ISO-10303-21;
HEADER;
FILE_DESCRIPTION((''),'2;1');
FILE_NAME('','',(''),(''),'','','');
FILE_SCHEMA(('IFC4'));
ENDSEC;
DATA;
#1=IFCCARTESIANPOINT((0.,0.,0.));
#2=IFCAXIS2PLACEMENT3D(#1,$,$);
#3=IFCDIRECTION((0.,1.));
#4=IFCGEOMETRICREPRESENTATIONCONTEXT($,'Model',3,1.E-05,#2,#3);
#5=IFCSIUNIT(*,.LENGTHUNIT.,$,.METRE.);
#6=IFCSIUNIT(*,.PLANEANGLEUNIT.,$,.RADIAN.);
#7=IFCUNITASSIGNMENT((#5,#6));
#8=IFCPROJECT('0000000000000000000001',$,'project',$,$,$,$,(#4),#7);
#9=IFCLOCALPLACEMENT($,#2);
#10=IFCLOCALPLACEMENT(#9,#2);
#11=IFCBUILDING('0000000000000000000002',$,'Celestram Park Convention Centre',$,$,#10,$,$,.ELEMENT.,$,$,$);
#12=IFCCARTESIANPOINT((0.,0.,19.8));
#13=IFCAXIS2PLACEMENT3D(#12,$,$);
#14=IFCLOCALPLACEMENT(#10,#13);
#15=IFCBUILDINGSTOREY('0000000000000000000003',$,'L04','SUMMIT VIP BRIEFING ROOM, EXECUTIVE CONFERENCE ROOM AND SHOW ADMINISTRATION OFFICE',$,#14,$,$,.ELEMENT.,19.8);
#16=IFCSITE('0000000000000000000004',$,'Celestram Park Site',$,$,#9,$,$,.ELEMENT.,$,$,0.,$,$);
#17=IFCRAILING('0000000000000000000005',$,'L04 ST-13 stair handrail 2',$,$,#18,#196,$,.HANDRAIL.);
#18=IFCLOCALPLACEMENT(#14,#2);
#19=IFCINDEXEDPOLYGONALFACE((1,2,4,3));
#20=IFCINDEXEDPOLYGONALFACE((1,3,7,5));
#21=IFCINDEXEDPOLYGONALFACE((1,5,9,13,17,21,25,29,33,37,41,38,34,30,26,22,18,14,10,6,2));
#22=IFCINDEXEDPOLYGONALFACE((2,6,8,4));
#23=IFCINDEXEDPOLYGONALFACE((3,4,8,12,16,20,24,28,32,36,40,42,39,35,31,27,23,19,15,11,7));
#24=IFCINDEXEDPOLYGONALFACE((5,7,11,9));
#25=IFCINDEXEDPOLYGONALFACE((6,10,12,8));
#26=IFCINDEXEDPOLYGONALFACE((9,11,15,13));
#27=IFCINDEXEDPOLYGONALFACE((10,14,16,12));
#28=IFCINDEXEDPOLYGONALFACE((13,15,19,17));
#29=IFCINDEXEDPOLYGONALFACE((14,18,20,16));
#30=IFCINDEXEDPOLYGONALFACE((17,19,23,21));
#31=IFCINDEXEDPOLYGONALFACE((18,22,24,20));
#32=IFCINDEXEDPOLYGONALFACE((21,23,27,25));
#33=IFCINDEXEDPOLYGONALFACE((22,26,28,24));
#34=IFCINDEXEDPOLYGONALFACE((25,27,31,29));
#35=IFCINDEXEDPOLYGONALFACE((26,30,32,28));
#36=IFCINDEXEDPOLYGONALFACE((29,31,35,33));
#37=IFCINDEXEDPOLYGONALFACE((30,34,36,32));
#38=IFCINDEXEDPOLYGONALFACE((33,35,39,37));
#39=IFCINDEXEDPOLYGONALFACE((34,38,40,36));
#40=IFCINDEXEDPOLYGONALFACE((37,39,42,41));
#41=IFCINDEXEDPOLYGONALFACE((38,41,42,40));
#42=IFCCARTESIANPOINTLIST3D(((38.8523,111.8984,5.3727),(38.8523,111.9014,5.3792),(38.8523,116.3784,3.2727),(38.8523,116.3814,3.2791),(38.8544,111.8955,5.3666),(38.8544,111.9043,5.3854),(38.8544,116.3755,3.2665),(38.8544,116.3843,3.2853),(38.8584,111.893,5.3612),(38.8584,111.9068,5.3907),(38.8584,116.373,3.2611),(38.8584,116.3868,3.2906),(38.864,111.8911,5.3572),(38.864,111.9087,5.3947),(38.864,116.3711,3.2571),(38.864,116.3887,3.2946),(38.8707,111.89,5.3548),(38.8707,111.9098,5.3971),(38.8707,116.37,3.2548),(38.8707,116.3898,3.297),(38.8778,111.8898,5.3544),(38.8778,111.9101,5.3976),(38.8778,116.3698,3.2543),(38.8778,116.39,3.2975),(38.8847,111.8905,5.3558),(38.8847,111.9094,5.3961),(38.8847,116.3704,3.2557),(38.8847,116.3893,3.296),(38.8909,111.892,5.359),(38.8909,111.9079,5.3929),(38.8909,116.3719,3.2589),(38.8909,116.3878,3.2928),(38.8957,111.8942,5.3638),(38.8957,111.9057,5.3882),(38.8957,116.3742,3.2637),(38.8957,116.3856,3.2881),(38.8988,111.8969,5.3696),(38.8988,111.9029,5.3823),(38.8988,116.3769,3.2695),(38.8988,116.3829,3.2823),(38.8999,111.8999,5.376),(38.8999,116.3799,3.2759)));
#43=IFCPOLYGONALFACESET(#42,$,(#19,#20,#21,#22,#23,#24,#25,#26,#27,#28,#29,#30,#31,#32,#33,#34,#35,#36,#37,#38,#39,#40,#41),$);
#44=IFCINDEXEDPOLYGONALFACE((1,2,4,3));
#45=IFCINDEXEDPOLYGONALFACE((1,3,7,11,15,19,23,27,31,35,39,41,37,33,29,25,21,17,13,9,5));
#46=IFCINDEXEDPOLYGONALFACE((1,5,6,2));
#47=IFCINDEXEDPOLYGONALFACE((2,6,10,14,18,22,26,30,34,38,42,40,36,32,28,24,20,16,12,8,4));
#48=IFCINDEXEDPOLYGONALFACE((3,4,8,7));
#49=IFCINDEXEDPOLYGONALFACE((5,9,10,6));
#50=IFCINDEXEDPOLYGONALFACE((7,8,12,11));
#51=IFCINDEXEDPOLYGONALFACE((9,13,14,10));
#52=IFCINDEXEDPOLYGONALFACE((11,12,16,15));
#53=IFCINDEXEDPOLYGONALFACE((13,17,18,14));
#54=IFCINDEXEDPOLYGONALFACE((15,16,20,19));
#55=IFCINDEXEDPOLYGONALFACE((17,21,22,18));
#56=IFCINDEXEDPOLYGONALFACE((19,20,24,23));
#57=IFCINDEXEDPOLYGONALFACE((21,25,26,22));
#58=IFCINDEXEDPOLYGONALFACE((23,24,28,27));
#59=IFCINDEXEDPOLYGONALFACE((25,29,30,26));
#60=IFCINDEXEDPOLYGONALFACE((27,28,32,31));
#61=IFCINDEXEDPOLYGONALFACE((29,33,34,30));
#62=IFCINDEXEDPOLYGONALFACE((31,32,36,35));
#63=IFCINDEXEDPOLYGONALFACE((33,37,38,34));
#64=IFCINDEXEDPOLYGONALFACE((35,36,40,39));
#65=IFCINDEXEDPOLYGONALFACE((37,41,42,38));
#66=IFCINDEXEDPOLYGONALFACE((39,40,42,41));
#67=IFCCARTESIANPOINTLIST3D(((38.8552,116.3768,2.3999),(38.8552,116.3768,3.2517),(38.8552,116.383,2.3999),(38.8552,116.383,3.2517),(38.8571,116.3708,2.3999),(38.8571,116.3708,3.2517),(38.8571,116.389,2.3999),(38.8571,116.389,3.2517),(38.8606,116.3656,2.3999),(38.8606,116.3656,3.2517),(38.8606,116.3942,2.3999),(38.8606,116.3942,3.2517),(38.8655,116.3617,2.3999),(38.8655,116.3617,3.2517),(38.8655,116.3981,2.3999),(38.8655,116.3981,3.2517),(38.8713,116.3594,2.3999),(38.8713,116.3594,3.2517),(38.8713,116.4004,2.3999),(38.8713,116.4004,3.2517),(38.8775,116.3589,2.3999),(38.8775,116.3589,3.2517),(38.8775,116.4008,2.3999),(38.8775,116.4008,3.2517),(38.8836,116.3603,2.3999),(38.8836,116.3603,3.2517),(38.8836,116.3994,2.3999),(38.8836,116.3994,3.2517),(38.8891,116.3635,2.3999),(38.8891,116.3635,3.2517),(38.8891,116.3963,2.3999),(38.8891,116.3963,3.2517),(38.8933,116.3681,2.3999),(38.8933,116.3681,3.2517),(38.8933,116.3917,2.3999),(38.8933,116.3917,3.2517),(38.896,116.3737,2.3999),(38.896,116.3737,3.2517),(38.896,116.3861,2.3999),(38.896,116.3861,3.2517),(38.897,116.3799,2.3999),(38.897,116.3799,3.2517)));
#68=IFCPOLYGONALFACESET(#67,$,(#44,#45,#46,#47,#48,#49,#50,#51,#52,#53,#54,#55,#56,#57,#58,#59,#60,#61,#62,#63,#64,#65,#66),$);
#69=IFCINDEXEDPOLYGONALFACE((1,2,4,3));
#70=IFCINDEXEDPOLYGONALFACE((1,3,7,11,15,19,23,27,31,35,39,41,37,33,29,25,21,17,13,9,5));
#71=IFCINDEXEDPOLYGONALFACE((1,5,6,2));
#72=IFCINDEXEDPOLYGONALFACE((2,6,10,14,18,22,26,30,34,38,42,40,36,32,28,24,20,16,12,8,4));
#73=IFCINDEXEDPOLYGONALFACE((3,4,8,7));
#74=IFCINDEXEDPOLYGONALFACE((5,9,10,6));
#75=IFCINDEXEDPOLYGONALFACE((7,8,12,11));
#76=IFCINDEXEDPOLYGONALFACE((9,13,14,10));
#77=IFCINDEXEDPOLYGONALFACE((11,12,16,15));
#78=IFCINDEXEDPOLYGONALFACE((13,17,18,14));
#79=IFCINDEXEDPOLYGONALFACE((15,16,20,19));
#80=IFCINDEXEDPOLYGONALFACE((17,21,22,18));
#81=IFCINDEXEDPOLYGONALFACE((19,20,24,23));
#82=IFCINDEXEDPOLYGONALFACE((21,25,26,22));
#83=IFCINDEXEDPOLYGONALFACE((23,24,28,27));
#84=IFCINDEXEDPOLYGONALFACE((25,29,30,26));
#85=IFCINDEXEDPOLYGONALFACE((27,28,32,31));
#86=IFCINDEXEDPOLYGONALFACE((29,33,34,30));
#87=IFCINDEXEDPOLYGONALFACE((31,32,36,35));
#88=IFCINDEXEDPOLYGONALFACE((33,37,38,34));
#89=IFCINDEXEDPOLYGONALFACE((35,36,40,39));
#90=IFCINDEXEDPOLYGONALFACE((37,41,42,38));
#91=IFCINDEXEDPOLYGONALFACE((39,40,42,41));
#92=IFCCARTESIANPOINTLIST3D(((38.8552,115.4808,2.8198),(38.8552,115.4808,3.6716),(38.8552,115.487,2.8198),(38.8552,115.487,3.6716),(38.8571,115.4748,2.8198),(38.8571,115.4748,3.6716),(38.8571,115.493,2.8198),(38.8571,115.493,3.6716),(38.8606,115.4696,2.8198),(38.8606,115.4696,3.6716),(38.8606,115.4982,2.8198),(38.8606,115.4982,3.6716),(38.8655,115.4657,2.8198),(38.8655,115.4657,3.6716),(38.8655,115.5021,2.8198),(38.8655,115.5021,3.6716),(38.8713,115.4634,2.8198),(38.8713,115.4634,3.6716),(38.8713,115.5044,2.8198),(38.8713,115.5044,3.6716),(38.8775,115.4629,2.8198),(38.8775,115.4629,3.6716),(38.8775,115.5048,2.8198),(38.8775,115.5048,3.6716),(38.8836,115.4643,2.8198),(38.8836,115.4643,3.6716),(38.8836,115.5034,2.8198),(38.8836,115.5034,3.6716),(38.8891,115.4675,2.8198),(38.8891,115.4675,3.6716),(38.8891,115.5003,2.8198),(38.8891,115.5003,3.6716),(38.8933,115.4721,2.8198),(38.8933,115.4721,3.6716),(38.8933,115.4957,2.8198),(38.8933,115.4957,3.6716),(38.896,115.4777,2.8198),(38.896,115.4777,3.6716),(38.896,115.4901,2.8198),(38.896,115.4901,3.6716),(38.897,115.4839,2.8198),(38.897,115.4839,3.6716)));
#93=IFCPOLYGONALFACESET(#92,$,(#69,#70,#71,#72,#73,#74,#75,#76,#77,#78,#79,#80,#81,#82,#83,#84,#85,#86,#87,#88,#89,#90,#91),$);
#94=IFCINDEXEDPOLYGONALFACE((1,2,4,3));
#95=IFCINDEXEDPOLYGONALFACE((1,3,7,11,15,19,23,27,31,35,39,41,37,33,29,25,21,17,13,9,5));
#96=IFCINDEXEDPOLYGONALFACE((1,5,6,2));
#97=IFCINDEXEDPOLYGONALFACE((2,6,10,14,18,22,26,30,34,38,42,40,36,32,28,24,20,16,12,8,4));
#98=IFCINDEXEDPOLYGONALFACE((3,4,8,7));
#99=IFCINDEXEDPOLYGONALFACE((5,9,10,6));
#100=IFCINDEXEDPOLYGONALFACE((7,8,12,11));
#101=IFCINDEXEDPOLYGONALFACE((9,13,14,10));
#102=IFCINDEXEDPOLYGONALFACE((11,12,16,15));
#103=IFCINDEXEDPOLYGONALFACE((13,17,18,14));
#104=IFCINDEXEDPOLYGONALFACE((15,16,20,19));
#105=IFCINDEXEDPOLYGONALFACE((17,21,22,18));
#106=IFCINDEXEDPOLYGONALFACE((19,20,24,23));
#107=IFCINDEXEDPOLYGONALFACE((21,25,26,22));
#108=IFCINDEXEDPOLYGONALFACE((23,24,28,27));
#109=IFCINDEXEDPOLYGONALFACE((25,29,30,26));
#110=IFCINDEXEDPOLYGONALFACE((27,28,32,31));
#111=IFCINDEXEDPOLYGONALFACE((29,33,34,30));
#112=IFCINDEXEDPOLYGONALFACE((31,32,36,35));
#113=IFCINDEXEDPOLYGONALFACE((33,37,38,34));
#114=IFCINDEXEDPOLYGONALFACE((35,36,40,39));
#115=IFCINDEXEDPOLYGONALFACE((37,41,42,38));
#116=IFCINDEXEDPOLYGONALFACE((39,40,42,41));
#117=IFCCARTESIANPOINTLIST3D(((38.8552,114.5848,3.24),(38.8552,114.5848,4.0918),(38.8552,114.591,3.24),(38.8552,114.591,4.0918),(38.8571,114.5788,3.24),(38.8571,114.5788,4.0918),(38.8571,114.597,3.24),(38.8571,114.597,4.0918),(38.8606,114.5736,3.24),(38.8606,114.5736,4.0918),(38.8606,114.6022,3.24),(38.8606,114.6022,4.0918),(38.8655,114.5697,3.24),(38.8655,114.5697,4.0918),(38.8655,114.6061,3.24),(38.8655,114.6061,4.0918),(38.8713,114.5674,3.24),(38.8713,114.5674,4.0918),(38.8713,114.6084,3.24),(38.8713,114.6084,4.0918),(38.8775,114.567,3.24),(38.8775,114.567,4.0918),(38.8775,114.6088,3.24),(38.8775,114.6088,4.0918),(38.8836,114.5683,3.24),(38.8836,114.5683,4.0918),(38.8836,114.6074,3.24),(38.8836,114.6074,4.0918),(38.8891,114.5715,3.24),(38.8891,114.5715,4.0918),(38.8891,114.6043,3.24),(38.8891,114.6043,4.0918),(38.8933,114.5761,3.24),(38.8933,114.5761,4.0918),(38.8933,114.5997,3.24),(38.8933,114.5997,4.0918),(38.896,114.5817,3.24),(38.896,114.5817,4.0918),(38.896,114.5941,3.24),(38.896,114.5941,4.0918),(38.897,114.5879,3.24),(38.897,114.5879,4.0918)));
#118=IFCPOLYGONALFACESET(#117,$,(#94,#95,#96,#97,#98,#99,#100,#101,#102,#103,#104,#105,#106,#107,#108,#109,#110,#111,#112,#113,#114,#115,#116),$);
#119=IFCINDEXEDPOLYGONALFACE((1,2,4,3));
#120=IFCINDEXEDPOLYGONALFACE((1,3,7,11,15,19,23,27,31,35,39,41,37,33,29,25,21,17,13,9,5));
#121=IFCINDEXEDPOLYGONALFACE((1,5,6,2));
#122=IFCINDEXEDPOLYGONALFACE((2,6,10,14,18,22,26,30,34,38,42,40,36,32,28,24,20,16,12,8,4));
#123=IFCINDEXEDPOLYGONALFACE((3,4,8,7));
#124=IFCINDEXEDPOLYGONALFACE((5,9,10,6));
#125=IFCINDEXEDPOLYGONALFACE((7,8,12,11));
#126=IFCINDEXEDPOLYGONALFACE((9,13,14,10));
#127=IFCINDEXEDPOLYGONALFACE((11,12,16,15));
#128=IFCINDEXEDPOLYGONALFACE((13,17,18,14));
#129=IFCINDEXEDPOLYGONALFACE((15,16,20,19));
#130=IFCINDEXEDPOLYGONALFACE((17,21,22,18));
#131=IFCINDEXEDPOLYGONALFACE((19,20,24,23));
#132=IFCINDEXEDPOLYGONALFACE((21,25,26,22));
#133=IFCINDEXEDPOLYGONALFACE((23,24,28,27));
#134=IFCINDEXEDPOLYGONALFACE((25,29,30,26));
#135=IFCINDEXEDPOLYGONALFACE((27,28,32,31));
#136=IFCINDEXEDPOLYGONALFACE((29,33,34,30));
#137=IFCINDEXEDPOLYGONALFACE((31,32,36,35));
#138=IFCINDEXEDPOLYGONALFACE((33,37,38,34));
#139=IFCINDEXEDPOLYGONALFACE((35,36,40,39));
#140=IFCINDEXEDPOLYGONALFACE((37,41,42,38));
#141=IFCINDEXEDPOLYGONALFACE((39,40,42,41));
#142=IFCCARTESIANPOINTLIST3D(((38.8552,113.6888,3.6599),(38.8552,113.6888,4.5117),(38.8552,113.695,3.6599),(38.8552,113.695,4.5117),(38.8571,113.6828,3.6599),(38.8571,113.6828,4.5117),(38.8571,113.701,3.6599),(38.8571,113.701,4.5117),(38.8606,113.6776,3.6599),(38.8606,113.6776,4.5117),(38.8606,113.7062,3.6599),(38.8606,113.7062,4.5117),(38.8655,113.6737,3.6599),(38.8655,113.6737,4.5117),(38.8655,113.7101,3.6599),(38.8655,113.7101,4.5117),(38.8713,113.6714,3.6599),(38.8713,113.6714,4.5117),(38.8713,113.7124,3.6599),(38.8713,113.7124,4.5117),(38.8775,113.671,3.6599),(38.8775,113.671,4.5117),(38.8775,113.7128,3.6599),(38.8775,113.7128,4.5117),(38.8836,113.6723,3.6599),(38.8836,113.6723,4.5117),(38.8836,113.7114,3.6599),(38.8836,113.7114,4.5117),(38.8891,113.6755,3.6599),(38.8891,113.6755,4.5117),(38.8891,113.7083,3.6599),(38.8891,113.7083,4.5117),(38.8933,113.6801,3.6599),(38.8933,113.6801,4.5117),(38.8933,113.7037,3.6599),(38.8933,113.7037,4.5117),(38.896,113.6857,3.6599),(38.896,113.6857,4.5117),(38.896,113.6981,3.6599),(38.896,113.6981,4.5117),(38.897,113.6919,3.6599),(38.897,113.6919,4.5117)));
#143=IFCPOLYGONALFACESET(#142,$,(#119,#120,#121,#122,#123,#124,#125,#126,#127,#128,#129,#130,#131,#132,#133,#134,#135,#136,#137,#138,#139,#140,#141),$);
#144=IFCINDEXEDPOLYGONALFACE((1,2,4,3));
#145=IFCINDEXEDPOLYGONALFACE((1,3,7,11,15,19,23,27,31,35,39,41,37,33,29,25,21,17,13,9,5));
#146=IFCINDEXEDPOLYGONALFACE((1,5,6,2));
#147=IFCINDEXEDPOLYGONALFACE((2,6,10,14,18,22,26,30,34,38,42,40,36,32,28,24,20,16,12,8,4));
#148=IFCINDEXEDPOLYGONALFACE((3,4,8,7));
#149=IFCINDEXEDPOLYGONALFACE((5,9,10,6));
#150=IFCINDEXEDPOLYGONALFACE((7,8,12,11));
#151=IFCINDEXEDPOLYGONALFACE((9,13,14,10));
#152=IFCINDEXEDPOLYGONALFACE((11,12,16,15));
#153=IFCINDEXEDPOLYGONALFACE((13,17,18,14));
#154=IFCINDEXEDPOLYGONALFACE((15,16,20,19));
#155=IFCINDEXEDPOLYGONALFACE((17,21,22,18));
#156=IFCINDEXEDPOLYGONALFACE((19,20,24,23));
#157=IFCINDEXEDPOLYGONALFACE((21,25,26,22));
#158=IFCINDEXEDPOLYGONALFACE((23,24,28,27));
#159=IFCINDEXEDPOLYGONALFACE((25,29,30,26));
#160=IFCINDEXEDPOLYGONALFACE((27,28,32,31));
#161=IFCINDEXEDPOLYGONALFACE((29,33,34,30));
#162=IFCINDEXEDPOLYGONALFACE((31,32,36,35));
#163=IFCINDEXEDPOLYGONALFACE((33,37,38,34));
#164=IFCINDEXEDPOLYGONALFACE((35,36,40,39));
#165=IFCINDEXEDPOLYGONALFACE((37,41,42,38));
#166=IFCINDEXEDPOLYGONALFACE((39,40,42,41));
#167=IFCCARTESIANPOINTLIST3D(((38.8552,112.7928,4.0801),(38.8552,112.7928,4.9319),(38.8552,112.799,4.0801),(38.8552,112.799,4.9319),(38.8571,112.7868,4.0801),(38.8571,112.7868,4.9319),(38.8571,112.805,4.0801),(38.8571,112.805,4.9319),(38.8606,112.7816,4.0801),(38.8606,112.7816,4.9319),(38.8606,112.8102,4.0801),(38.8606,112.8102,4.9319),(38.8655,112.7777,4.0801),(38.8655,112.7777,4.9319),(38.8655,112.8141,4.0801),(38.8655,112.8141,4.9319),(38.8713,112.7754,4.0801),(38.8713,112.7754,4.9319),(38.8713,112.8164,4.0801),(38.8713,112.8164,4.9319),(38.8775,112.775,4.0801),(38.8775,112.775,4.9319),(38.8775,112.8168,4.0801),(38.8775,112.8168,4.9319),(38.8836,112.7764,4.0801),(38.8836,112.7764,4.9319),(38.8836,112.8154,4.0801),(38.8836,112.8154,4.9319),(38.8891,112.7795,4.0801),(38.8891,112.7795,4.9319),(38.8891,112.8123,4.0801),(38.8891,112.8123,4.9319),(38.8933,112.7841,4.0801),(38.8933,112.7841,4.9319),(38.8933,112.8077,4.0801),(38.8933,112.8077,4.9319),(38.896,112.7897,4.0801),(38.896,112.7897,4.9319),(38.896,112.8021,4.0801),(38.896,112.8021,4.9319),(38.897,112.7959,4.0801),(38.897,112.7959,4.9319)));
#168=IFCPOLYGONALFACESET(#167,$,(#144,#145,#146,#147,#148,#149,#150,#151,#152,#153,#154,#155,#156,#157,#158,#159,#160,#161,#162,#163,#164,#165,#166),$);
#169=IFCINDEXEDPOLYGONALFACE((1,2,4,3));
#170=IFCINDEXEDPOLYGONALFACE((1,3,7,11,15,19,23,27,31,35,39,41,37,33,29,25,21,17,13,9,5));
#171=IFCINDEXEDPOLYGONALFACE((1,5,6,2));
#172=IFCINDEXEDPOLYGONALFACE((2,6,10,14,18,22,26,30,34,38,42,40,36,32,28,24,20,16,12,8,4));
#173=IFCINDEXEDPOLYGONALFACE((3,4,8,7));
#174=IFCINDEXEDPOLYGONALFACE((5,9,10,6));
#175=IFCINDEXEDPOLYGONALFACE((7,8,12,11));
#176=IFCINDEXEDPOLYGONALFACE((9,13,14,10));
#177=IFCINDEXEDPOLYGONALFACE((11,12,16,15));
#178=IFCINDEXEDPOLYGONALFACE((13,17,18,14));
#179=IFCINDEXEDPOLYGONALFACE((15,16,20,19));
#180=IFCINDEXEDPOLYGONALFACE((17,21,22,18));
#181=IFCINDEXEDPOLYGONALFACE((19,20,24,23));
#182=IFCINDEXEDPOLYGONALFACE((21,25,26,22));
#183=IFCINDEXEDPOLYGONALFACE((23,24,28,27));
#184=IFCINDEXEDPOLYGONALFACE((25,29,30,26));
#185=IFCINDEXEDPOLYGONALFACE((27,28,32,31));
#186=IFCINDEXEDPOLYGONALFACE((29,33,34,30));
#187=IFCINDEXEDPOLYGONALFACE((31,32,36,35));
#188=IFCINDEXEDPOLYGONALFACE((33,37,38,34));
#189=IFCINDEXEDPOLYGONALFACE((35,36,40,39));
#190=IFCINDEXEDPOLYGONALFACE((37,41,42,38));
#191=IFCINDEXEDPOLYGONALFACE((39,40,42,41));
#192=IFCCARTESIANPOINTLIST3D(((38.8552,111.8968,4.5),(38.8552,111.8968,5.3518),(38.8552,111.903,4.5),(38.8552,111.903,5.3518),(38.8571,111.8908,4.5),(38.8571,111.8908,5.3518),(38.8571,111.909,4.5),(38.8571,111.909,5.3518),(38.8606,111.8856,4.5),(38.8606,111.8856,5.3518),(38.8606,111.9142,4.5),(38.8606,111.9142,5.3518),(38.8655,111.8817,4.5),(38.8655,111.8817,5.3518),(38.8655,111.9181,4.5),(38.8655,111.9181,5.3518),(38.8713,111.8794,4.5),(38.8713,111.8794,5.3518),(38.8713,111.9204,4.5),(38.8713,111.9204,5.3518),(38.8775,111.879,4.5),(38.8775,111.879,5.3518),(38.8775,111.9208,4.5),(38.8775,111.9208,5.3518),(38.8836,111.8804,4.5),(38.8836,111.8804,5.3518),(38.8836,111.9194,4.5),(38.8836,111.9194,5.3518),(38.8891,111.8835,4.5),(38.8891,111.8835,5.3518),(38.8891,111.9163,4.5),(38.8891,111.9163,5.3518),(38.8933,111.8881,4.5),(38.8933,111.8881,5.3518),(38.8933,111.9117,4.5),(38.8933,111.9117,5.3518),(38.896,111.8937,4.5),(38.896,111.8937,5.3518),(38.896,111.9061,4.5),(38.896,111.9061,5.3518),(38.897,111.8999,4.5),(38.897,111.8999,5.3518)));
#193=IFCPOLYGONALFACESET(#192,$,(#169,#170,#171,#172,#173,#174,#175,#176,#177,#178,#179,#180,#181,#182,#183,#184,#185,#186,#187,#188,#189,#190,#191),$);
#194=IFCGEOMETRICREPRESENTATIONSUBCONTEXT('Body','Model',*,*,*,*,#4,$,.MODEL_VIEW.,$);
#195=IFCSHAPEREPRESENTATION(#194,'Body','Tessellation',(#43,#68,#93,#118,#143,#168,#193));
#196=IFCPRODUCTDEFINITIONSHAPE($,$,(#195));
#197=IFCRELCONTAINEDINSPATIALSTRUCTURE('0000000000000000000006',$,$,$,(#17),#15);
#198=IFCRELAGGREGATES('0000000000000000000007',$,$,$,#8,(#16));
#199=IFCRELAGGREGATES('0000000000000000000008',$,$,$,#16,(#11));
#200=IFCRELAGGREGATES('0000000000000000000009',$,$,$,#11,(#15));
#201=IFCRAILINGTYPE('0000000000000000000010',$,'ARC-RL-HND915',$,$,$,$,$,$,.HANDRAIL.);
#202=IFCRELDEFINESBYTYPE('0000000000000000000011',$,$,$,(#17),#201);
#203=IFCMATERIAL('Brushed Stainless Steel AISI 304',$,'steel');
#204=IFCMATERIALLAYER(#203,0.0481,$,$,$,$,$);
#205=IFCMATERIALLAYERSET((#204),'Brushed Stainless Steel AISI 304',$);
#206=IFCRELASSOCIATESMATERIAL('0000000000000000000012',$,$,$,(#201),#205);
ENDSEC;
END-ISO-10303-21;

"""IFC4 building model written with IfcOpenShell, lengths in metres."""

from ifc_helpers import new_model, si_unit, direction, frame, origin, origin_2d, place, context, subcontext, project, spatial, circle, extrude, material, layer, layer_set, type_object, element, save


model = new_model("IFC4")

# Units and contexts
model_context = context("Model", 3, precision=1e-05, world=origin(), true_north=direction((0.0, 1.0)))
body_context = subcontext(model_context, "Body", "Model", "MODEL_VIEW")
ifc_project = project(units=[si_unit("LENGTHUNIT", "METRE"), si_unit("PLANEANGLEUNIT", "RADIAN")], contexts=[model_context])

# Site, building, storey
site_placement = place(None, origin())
site = spatial("IfcSite", under=ifc_project, at=site_placement, Name="Celestram Park Site", CompositionType="ELEMENT", RefElevation=0.0)
building_placement = place(site_placement, origin())
building = spatial("IfcBuilding", under=site, at=building_placement, Name="Celestram Park Convention Centre", CompositionType="ELEMENT")
storey_placement = place(building_placement, frame((0.0, 0.0, 19.8)))
storey = spatial("IfcBuildingStorey", under=building, at=storey_placement, Name="L04", Description="SUMMIT VIP BRIEFING ROOM, EXECUTIVE CONFERENCE ROOM AND SHOW ADMINISTRATION OFFICE", CompositionType="ELEMENT", Elevation=19.8)

# Railing
ifc_material_1 = material(Name="Brushed Stainless Steel AISI 304", Category="steel")
ifc_layer_1 = layer(ifc_material_1, 0.0481)
ifc_layer_set_1 = layer_set([ifc_layer_1], Name="Brushed Stainless Steel AISI 304")
railing_type_1 = type_object("IfcRailingType", Name="ARC-RL-HND915", PredefinedType="HANDRAIL", material=ifc_layer_set_1)
railing_1_placement = place(storey_placement, frame((38.876, 116.3799, 2.3999)))
element("IfcRailing", 1, at=railing_1_placement, inside=storey, type_object=railing_type_1, Name="L04 ST-13 stair handrail 2", PredefinedType="HANDRAIL", context=body_context, shape_type="SweptSolid", body=[
    extrude(circle(Radius=0.0239, at=origin_2d()), frame((0.0, 0.0, 0.876), z_axis=(0.0, -0.905451, 0.424452), x_axis=(1.0, 0.0, 0.0)), (0.0, 0.0, 1.0), 4.9478),
    extrude(circle(Radius=0.021, at=origin_2d()), origin(), (0.0, 0.0, 1.0), 0.8518),
    extrude(circle(Radius=0.021, at=origin_2d()), frame((0.0, -0.896, 0.4199)), (0.0, 0.0, 1.0), 0.8518),
    extrude(circle(Radius=0.021, at=origin_2d()), frame((0.0, -1.792, 0.8401)), (0.0, 0.0, 1.0), 0.8518),
    extrude(circle(Radius=0.021, at=origin_2d()), frame((0.0, -2.688, 1.26)), (0.0, 0.0, 1.0), 0.8518),
    extrude(circle(Radius=0.021, at=origin_2d()), frame((0.0, -3.584, 1.6802)), (0.0, 0.0, 1.0), 0.8518),
    extrude(circle(Radius=0.021, at=origin_2d()), frame((0.0, -4.48, 2.1001)), (0.0, 0.0, 1.0), 0.8518),
])

save(model, "model.ifc")
